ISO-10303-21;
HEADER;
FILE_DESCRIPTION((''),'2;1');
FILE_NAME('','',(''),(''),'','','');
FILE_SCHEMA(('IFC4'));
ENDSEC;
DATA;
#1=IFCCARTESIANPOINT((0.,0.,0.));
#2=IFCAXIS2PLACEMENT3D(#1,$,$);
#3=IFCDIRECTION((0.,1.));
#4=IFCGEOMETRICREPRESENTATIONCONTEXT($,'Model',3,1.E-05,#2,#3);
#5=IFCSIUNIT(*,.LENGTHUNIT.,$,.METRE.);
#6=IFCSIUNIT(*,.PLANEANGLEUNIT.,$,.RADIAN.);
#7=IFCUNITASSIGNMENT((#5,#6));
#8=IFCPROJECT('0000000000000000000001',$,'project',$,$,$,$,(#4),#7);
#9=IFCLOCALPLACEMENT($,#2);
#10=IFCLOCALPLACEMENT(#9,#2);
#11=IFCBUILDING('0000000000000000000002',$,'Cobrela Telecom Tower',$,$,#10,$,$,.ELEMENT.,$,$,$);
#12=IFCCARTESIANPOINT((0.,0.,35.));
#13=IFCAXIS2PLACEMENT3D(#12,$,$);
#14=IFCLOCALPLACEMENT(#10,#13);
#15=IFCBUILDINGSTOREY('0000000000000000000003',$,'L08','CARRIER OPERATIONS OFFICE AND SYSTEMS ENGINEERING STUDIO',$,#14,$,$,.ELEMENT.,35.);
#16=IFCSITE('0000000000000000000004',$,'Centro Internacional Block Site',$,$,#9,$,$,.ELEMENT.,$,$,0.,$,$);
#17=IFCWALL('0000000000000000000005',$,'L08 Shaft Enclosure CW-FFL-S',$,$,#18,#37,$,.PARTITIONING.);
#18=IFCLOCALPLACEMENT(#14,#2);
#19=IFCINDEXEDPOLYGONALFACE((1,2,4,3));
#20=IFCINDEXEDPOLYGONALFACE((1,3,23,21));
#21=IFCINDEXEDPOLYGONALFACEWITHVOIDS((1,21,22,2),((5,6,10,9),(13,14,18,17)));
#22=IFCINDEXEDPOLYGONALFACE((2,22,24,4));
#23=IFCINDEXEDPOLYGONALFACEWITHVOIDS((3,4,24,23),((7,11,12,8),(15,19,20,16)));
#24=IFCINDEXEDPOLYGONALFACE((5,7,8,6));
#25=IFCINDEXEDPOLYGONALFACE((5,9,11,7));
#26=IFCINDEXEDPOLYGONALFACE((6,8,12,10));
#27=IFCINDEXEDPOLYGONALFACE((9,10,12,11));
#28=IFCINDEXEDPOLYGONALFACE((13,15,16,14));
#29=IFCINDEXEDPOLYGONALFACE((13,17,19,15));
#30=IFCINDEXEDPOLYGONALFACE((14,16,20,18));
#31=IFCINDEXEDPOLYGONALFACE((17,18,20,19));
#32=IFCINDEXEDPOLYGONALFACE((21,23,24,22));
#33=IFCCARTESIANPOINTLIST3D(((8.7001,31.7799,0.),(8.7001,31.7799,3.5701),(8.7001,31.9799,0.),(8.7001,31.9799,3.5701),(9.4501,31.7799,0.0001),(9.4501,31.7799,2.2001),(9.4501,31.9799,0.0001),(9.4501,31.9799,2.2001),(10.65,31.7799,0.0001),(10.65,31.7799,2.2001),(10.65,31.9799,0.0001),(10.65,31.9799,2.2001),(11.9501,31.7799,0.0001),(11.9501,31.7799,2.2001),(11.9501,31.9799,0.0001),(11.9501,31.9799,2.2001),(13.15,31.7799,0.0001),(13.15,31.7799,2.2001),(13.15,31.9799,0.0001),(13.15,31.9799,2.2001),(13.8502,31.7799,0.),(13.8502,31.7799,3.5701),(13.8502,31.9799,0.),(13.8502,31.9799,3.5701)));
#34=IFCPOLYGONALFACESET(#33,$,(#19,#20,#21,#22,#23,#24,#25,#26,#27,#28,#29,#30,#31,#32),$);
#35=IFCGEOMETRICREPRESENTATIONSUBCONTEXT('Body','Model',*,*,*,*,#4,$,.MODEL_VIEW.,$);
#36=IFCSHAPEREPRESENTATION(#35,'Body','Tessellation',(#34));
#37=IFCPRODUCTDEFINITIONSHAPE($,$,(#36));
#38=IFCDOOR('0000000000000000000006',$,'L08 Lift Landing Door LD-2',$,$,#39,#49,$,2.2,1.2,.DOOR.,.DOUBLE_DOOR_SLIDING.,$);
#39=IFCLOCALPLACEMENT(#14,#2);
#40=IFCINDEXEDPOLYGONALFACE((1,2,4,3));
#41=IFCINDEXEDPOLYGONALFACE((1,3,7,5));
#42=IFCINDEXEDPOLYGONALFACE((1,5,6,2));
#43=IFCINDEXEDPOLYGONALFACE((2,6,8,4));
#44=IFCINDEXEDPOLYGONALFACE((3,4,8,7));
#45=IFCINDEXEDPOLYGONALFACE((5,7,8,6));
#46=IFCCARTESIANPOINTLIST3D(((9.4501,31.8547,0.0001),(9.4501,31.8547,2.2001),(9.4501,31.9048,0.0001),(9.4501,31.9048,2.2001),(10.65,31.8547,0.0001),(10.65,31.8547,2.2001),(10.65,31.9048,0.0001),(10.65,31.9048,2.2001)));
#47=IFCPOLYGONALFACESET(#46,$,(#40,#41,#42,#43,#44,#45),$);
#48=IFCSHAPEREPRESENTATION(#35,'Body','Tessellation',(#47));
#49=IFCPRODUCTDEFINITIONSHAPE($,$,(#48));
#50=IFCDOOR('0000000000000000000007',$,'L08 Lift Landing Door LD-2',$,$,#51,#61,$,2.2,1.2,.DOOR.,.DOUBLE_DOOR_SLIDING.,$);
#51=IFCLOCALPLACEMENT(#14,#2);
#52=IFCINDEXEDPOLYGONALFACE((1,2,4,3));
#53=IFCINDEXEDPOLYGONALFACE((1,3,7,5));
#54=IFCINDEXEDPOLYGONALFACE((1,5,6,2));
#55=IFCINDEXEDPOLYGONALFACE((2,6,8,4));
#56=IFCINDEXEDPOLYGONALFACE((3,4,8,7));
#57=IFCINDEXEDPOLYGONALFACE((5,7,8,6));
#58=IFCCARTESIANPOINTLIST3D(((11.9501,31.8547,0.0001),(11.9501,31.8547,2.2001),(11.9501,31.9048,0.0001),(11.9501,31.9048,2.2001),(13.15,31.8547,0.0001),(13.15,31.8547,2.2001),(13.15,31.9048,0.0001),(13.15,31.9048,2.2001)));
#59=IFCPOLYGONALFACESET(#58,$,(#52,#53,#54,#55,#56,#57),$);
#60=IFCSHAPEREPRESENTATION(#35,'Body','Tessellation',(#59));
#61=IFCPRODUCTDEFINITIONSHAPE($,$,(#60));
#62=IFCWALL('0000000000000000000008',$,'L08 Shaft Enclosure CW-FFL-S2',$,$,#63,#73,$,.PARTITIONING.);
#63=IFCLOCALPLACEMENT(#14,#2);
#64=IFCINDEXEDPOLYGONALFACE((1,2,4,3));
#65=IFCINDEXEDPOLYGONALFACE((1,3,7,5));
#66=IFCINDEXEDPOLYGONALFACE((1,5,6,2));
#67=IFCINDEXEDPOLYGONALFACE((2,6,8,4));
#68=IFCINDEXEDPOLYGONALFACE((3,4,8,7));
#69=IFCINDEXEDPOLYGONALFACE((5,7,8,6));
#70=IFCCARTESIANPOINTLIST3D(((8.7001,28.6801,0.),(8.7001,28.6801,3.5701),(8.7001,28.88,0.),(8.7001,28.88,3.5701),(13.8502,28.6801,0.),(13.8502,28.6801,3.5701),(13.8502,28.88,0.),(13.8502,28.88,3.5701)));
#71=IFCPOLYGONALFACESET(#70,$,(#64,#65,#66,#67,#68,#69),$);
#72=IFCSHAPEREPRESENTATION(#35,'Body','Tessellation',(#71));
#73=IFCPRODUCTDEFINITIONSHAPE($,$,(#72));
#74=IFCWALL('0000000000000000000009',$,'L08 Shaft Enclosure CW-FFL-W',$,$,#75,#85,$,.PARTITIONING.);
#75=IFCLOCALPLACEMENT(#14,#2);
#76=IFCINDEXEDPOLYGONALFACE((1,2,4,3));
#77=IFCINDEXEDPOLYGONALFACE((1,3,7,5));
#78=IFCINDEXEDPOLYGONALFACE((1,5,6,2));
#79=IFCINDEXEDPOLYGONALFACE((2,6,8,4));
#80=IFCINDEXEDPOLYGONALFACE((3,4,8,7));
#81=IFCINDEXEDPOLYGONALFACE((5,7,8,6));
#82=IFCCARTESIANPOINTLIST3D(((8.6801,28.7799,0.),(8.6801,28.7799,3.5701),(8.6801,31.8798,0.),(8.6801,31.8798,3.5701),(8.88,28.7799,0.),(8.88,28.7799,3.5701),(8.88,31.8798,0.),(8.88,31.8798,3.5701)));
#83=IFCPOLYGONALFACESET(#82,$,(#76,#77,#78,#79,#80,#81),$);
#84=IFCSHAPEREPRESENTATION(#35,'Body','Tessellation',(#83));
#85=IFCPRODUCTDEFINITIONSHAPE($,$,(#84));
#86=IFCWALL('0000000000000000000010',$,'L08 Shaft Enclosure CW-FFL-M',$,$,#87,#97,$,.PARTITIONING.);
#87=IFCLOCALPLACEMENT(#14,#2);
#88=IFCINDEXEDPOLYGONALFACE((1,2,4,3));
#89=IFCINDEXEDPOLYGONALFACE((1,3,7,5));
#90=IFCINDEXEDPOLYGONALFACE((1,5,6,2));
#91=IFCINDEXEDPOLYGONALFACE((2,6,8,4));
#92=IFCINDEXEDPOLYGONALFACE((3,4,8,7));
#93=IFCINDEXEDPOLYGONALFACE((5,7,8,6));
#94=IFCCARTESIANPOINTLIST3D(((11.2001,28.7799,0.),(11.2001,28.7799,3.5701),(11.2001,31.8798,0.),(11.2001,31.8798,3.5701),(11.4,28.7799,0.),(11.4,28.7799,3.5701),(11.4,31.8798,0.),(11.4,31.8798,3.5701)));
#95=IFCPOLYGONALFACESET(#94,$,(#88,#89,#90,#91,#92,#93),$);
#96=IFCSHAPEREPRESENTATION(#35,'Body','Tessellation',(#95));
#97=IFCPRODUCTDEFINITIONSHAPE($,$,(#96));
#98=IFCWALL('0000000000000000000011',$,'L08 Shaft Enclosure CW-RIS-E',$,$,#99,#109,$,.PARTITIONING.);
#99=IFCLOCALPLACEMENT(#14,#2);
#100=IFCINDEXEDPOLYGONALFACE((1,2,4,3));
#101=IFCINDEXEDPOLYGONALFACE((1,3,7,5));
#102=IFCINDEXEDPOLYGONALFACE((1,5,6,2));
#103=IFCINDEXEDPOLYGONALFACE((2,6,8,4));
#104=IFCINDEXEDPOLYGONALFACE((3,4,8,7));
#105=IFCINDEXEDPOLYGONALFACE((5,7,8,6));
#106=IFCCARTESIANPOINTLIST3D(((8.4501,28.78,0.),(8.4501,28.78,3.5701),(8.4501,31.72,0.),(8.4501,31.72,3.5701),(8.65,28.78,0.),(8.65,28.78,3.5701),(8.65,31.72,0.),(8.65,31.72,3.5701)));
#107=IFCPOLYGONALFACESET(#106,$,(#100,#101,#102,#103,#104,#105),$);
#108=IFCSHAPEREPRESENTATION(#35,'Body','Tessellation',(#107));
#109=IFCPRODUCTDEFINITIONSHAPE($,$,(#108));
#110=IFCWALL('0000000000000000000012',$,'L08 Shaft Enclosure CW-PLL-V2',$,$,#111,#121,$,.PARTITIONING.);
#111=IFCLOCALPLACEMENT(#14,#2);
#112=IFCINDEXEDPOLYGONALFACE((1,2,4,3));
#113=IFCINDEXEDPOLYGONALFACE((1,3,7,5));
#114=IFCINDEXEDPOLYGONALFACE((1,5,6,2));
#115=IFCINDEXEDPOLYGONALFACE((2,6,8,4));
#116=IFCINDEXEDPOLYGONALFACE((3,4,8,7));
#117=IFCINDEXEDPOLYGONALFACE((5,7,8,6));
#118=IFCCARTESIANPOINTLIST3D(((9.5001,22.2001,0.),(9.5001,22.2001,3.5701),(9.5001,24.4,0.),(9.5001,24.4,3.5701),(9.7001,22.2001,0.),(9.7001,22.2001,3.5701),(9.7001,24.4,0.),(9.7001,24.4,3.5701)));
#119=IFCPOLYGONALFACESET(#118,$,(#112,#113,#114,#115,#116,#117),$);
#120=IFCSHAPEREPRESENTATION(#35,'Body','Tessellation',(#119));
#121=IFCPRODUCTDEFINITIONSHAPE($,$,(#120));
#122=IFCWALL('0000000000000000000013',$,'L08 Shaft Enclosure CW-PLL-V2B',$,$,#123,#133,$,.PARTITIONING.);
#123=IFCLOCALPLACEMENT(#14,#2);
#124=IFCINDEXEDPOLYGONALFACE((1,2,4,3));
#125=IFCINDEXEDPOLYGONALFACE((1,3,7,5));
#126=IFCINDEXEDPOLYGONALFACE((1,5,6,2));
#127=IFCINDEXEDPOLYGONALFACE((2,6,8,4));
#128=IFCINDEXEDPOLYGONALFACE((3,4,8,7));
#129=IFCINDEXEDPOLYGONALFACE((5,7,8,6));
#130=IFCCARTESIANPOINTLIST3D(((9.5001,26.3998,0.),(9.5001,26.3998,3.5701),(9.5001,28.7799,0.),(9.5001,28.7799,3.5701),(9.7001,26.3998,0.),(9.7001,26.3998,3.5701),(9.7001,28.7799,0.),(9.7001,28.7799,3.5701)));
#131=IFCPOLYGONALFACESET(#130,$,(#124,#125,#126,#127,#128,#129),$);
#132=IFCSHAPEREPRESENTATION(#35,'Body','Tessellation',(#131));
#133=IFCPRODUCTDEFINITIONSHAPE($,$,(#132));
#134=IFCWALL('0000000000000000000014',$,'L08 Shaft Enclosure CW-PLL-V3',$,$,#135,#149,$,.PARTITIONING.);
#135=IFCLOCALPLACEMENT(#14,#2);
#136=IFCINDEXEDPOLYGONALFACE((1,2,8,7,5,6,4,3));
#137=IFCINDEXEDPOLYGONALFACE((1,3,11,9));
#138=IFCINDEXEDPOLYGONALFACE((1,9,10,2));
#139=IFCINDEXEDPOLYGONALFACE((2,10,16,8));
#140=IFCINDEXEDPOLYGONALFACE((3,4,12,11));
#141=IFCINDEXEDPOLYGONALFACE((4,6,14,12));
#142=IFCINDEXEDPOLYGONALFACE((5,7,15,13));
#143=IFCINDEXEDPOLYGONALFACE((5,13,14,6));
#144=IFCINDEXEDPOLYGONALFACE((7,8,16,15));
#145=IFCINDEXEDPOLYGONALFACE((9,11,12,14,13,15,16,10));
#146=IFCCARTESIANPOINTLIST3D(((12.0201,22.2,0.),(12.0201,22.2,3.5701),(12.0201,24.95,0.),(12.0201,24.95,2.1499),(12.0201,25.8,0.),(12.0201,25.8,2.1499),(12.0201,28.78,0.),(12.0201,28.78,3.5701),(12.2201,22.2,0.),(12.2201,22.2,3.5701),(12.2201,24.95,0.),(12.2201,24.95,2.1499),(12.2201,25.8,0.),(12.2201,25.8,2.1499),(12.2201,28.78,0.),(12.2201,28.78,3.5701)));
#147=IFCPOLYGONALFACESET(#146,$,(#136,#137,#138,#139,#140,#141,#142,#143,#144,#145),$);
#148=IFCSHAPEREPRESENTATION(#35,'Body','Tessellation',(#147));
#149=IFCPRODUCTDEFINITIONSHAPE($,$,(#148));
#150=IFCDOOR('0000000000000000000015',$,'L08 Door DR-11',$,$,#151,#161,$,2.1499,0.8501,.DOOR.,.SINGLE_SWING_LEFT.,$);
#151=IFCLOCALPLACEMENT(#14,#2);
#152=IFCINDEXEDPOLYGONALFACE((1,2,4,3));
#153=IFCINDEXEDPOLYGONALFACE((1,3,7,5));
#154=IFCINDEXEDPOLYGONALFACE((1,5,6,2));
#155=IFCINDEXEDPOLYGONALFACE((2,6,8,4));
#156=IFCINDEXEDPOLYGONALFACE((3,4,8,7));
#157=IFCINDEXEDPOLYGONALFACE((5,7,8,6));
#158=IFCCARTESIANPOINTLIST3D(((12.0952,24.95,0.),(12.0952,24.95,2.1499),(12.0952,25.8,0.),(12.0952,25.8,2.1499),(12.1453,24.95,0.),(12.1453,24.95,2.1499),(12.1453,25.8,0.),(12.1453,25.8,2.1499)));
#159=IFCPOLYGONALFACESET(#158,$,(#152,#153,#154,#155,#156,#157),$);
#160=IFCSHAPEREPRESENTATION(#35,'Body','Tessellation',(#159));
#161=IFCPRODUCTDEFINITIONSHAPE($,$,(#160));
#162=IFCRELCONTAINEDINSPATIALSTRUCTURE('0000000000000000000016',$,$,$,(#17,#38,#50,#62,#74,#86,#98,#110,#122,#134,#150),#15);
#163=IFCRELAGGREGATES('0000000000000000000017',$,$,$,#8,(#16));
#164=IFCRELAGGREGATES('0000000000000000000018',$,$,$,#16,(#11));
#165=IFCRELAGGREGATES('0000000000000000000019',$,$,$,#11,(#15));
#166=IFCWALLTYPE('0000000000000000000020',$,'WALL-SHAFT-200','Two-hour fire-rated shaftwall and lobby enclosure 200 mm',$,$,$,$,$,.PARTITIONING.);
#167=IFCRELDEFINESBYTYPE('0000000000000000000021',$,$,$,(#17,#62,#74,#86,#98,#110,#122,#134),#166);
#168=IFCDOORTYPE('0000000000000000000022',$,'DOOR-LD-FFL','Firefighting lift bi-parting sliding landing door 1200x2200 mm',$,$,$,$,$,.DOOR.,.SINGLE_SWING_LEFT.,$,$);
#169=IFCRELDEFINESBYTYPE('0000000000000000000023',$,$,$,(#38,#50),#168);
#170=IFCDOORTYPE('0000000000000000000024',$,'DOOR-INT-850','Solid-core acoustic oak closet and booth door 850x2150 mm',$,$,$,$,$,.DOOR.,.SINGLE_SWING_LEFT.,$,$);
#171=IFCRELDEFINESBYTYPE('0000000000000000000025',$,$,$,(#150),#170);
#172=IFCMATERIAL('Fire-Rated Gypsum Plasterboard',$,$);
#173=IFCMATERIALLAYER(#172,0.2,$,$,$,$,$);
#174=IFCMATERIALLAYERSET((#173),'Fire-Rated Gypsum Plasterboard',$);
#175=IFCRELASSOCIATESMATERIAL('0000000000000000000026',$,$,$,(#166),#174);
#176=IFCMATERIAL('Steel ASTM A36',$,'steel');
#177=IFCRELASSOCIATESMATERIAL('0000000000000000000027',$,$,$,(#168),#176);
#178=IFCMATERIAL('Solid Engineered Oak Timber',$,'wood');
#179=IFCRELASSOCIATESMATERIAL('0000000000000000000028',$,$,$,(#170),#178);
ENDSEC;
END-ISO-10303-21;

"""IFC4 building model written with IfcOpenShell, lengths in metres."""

from ifc_helpers import new_model, si_unit, direction, frame, frame_2d, origin, place, context, subcontext, project, spatial, rectangle, extrude, material, layer, layer_set, type_object, element, fill, save


model = new_model("IFC4")

# Units and contexts
model_context = context("Model", 3, precision=1e-05, world=origin(), true_north=direction((0.0, 1.0)))
body_context = subcontext(model_context, "Body", "Model", "MODEL_VIEW")
ifc_project = project(units=[si_unit("LENGTHUNIT", "METRE"), si_unit("PLANEANGLEUNIT", "RADIAN")], contexts=[model_context])

# Site, building, storey
site_placement = place(None, origin())
site = spatial("IfcSite", under=ifc_project, at=site_placement, Name="Centro Internacional Block Site", CompositionType="ELEMENT", RefElevation=0.0)
building_placement = place(site_placement, origin())
building = spatial("IfcBuilding", under=site, at=building_placement, Name="Cobrela Telecom Tower", CompositionType="ELEMENT")
storey_placement = place(building_placement, frame((0.0, 0.0, 35.0)))
storey = spatial("IfcBuildingStorey", under=building, at=storey_placement, Name="L08", Description="CARRIER OPERATIONS OFFICE AND SYSTEMS ENGINEERING STUDIO", CompositionType="ELEMENT", Elevation=35.0)

# Shared definitions
ifc_material_1 = material(Name="Steel ASTM A36", Category="steel")

# Shared definitions
ifc_material_2 = material(Name="Fire-Rated Gypsum Plasterboard")

# Shared definitions
ifc_material_3 = material(Name="Solid Engineered Oak Timber", Category="wood")

# Wall, openings, doors
ifc_layer_1 = layer(ifc_material_2, 0.2)
ifc_layer_set_1 = layer_set([ifc_layer_1], Name="Fire-Rated Gypsum Plasterboard")
wall_type_1 = type_object("IfcWallType", Name="WALL-SHAFT-200", Description="Two-hour fire-rated shaftwall and lobby enclosure 200 mm", PredefinedType="PARTITIONING", material=ifc_layer_set_1)
wall_1_placement = place(storey_placement, frame((8.7, 31.8799, 0.0), z_axis=(0.0, 0.0, 1.0), x_axis=(1.0, 0.0, 0.0)))
wall_1 = element("IfcWall", 1, at=wall_1_placement, inside=storey, type_object=wall_type_1, Name="L08 Shaft Enclosure CW-FFL-S", PredefinedType="PARTITIONING", context=body_context, shape_type="SweptSolid", body=[
    extrude(rectangle(XDim=5.1501, YDim=0.2, at=frame_2d((2.5752, 0.0))), origin(), (0.0, 0.0, 1.0), 3.5701),
])
opening_1_placement = place(wall_1_placement, frame((0.75, 0.0, 0.0)))
opening_1 = element("IfcOpeningElement", 2, at=opening_1_placement, cuts=wall_1, PredefinedType="OPENING", context=body_context, shape_type="SweptSolid", body=[
    extrude(rectangle(XDim=1.2, YDim=2.2, at=frame_2d((0.6001, 1.1001))), frame((0.0, 0.1118, 0.0), z_axis=(0.0, -1.0, 0.0), x_axis=(1.0, 0.0, 0.0)), (0.0, 0.0, 1.0), 0.2239),
])
opening_2_placement = place(wall_1_placement, frame((3.25, 0.0, 0.0)))
opening_2 = element("IfcOpeningElement", 3, at=opening_2_placement, cuts=wall_1, PredefinedType="OPENING", context=body_context, shape_type="SweptSolid", body=[
    extrude(rectangle(XDim=1.2, YDim=2.2, at=frame_2d((0.6001, 1.1001))), frame((0.0, 0.1118, 0.0), z_axis=(0.0, -1.0, 0.0), x_axis=(1.0, 0.0, 0.0)), (0.0, 0.0, 1.0), 0.2239),
])
door_type_1 = type_object("IfcDoorType", Name="DOOR-LD-FFL", Description="Firefighting lift bi-parting sliding landing door 1200x2200 mm", OperationType="SINGLE_SWING_LEFT", PredefinedType="DOOR", material=ifc_material_1)
door_1_placement = place(opening_1_placement, origin())
door_1 = element("IfcDoor", 4, at=door_1_placement, inside=storey, type_object=door_type_1, Name="L08 Lift Landing Door LD-2", OperationType="DOUBLE_DOOR_SLIDING", OverallHeight=2.2, OverallWidth=1.2, PredefinedType="DOOR", context=body_context, shape_type="SweptSolid", body=[
    extrude(rectangle(XDim=1.2, YDim=2.2, at=frame_2d((0.6001, 1.1001))), frame((0.0, 0.0249, 0.0), z_axis=(0.0, -1.0, 0.0), x_axis=(1.0, 0.0, 0.0)), (0.0, 0.0, 1.0), 0.05),
])
fill(opening_1, door_1)
door_2_placement = place(opening_2_placement, origin())
door_2 = element("IfcDoor", 5, at=door_2_placement, inside=storey, type_object=door_type_1, Name="L08 Lift Landing Door LD-2", OperationType="DOUBLE_DOOR_SLIDING", OverallHeight=2.2, OverallWidth=1.2, PredefinedType="DOOR", context=body_context, shape_type="SweptSolid", body=[
    extrude(rectangle(XDim=1.2, YDim=2.2, at=frame_2d((0.6001, 1.1001))), frame((0.0, 0.0249, 0.0), z_axis=(0.0, -1.0, 0.0), x_axis=(1.0, 0.0, 0.0)), (0.0, 0.0, 1.0), 0.05),
])
fill(opening_2, door_2)

# Walls
wall_2_placement = place(storey_placement, frame((8.7, 28.78, 0.0), z_axis=(0.0, 0.0, 1.0), x_axis=(1.0, 0.0, 0.0)))
element("IfcWall", 6, at=wall_2_placement, inside=storey, type_object=wall_type_1, Name="L08 Shaft Enclosure CW-FFL-S2", PredefinedType="PARTITIONING", context=body_context, shape_type="SweptSolid", body=[
    extrude(rectangle(XDim=5.1501, YDim=0.2, at=frame_2d((2.5752, 0.0))), origin(), (0.0, 0.0, 1.0), 3.5701),
])
for number, where, z_axis, x_axis, name in (
    (7, (8.78, 28.78, 0.0), (0.0, 0.0, 1.0), (0.0, 1.0, 0.0), "L08 Shaft Enclosure CW-FFL-W"),
    (8, (11.3, 28.78, 0.0), (0.0, 0.0, 1.0), (0.0, 1.0, 0.0), "L08 Shaft Enclosure CW-FFL-M"),
):
    element("IfcWall", number, at=place(storey_placement, frame(where, z_axis=z_axis, x_axis=x_axis)), inside=storey, type_object=wall_type_1, Name=name, PredefinedType="PARTITIONING", context=body_context, shape_type="SweptSolid", body=[
        extrude(rectangle(XDim=3.0999, YDim=0.2, at=frame_2d((1.5498, 0.0))), origin(), (0.0, 0.0, 1.0), 3.5701),
    ])
wall_3_placement = place(storey_placement, frame((8.55, 28.78, 0.0), z_axis=(0.0, 0.0, 1.0), x_axis=(0.0, 1.0, 0.0)))
element("IfcWall", 9, at=wall_3_placement, inside=storey, type_object=wall_type_1, Name="L08 Shaft Enclosure CW-RIS-E", PredefinedType="PARTITIONING", context=body_context, shape_type="SweptSolid", body=[
    extrude(rectangle(XDim=2.9399, YDim=0.2, at=frame_2d((1.47, 0.0))), origin(), (0.0, 0.0, 1.0), 3.5701),
])
wall_4_placement = place(storey_placement, frame((9.6001, 22.2, 0.0), z_axis=(0.0, 0.0, 1.0), x_axis=(0.0, 1.0, 0.0)))
element("IfcWall", 10, at=wall_4_placement, inside=storey, type_object=wall_type_1, Name="L08 Shaft Enclosure CW-PLL-V2", PredefinedType="PARTITIONING", context=body_context, shape_type="SweptSolid", body=[
    extrude(rectangle(XDim=2.2, YDim=0.2, at=frame_2d((1.1001, 0.0))), origin(), (0.0, 0.0, 1.0), 3.5701),
])
wall_5_placement = place(storey_placement, frame((9.6001, 26.3999, 0.0), z_axis=(0.0, 0.0, 1.0), x_axis=(0.0, 1.0, 0.0)))
element("IfcWall", 11, at=wall_5_placement, inside=storey, type_object=wall_type_1, Name="L08 Shaft Enclosure CW-PLL-V2B", PredefinedType="PARTITIONING", context=body_context, shape_type="SweptSolid", body=[
    extrude(rectangle(XDim=2.3801, YDim=0.2, at=frame_2d((1.1899, 0.0))), origin(), (0.0, 0.0, 1.0), 3.5701),
])

# Wall, opening, door
wall_6_placement = place(storey_placement, frame((12.1201, 22.2, 0.0), z_axis=(0.0, 0.0, 1.0), x_axis=(0.0, 1.0, 0.0)))
wall_6 = element("IfcWall", 12, at=wall_6_placement, inside=storey, type_object=wall_type_1, Name="L08 Shaft Enclosure CW-PLL-V3", PredefinedType="PARTITIONING", context=body_context, shape_type="SweptSolid", body=[
    extrude(rectangle(XDim=6.5801, YDim=0.2, at=frame_2d((3.29, 0.0))), origin(), (0.0, 0.0, 1.0), 3.5701),
])
opening_3_placement = place(wall_6_placement, frame((2.75, 0.0, 0.0)))
opening_3 = element("IfcOpeningElement", 13, at=opening_3_placement, cuts=wall_6, PredefinedType="OPENING", context=body_context, shape_type="SweptSolid", body=[
    extrude(rectangle(XDim=0.8501, YDim=2.1499, at=frame_2d((0.425, 1.075))), frame((0.0, 0.1118, 0.0), z_axis=(0.0, -1.0, 0.0), x_axis=(1.0, 0.0, 0.0)), (0.0, 0.0, 1.0), 0.2239),
])
door_type_2 = type_object("IfcDoorType", Name="DOOR-INT-850", Description="Solid-core acoustic oak closet and booth door 850x2150 mm", OperationType="SINGLE_SWING_LEFT", PredefinedType="DOOR", material=ifc_material_3)
door_3_placement = place(opening_3_placement, origin())
door_3 = element("IfcDoor", 14, at=door_3_placement, inside=storey, type_object=door_type_2, Name="L08 Door DR-11", OperationType="SINGLE_SWING_LEFT", OverallHeight=2.1499, OverallWidth=0.8501, PredefinedType="DOOR", context=body_context, shape_type="SweptSolid", body=[
    extrude(rectangle(XDim=0.8501, YDim=2.1499, at=frame_2d((0.425, 1.075))), frame((0.0, 0.0249, 0.0), z_axis=(0.0, -1.0, 0.0), x_axis=(1.0, 0.0, 0.0)), (0.0, 0.0, 1.0), 0.05),
])
fill(opening_3, door_3)

save(model, "model.ifc")
